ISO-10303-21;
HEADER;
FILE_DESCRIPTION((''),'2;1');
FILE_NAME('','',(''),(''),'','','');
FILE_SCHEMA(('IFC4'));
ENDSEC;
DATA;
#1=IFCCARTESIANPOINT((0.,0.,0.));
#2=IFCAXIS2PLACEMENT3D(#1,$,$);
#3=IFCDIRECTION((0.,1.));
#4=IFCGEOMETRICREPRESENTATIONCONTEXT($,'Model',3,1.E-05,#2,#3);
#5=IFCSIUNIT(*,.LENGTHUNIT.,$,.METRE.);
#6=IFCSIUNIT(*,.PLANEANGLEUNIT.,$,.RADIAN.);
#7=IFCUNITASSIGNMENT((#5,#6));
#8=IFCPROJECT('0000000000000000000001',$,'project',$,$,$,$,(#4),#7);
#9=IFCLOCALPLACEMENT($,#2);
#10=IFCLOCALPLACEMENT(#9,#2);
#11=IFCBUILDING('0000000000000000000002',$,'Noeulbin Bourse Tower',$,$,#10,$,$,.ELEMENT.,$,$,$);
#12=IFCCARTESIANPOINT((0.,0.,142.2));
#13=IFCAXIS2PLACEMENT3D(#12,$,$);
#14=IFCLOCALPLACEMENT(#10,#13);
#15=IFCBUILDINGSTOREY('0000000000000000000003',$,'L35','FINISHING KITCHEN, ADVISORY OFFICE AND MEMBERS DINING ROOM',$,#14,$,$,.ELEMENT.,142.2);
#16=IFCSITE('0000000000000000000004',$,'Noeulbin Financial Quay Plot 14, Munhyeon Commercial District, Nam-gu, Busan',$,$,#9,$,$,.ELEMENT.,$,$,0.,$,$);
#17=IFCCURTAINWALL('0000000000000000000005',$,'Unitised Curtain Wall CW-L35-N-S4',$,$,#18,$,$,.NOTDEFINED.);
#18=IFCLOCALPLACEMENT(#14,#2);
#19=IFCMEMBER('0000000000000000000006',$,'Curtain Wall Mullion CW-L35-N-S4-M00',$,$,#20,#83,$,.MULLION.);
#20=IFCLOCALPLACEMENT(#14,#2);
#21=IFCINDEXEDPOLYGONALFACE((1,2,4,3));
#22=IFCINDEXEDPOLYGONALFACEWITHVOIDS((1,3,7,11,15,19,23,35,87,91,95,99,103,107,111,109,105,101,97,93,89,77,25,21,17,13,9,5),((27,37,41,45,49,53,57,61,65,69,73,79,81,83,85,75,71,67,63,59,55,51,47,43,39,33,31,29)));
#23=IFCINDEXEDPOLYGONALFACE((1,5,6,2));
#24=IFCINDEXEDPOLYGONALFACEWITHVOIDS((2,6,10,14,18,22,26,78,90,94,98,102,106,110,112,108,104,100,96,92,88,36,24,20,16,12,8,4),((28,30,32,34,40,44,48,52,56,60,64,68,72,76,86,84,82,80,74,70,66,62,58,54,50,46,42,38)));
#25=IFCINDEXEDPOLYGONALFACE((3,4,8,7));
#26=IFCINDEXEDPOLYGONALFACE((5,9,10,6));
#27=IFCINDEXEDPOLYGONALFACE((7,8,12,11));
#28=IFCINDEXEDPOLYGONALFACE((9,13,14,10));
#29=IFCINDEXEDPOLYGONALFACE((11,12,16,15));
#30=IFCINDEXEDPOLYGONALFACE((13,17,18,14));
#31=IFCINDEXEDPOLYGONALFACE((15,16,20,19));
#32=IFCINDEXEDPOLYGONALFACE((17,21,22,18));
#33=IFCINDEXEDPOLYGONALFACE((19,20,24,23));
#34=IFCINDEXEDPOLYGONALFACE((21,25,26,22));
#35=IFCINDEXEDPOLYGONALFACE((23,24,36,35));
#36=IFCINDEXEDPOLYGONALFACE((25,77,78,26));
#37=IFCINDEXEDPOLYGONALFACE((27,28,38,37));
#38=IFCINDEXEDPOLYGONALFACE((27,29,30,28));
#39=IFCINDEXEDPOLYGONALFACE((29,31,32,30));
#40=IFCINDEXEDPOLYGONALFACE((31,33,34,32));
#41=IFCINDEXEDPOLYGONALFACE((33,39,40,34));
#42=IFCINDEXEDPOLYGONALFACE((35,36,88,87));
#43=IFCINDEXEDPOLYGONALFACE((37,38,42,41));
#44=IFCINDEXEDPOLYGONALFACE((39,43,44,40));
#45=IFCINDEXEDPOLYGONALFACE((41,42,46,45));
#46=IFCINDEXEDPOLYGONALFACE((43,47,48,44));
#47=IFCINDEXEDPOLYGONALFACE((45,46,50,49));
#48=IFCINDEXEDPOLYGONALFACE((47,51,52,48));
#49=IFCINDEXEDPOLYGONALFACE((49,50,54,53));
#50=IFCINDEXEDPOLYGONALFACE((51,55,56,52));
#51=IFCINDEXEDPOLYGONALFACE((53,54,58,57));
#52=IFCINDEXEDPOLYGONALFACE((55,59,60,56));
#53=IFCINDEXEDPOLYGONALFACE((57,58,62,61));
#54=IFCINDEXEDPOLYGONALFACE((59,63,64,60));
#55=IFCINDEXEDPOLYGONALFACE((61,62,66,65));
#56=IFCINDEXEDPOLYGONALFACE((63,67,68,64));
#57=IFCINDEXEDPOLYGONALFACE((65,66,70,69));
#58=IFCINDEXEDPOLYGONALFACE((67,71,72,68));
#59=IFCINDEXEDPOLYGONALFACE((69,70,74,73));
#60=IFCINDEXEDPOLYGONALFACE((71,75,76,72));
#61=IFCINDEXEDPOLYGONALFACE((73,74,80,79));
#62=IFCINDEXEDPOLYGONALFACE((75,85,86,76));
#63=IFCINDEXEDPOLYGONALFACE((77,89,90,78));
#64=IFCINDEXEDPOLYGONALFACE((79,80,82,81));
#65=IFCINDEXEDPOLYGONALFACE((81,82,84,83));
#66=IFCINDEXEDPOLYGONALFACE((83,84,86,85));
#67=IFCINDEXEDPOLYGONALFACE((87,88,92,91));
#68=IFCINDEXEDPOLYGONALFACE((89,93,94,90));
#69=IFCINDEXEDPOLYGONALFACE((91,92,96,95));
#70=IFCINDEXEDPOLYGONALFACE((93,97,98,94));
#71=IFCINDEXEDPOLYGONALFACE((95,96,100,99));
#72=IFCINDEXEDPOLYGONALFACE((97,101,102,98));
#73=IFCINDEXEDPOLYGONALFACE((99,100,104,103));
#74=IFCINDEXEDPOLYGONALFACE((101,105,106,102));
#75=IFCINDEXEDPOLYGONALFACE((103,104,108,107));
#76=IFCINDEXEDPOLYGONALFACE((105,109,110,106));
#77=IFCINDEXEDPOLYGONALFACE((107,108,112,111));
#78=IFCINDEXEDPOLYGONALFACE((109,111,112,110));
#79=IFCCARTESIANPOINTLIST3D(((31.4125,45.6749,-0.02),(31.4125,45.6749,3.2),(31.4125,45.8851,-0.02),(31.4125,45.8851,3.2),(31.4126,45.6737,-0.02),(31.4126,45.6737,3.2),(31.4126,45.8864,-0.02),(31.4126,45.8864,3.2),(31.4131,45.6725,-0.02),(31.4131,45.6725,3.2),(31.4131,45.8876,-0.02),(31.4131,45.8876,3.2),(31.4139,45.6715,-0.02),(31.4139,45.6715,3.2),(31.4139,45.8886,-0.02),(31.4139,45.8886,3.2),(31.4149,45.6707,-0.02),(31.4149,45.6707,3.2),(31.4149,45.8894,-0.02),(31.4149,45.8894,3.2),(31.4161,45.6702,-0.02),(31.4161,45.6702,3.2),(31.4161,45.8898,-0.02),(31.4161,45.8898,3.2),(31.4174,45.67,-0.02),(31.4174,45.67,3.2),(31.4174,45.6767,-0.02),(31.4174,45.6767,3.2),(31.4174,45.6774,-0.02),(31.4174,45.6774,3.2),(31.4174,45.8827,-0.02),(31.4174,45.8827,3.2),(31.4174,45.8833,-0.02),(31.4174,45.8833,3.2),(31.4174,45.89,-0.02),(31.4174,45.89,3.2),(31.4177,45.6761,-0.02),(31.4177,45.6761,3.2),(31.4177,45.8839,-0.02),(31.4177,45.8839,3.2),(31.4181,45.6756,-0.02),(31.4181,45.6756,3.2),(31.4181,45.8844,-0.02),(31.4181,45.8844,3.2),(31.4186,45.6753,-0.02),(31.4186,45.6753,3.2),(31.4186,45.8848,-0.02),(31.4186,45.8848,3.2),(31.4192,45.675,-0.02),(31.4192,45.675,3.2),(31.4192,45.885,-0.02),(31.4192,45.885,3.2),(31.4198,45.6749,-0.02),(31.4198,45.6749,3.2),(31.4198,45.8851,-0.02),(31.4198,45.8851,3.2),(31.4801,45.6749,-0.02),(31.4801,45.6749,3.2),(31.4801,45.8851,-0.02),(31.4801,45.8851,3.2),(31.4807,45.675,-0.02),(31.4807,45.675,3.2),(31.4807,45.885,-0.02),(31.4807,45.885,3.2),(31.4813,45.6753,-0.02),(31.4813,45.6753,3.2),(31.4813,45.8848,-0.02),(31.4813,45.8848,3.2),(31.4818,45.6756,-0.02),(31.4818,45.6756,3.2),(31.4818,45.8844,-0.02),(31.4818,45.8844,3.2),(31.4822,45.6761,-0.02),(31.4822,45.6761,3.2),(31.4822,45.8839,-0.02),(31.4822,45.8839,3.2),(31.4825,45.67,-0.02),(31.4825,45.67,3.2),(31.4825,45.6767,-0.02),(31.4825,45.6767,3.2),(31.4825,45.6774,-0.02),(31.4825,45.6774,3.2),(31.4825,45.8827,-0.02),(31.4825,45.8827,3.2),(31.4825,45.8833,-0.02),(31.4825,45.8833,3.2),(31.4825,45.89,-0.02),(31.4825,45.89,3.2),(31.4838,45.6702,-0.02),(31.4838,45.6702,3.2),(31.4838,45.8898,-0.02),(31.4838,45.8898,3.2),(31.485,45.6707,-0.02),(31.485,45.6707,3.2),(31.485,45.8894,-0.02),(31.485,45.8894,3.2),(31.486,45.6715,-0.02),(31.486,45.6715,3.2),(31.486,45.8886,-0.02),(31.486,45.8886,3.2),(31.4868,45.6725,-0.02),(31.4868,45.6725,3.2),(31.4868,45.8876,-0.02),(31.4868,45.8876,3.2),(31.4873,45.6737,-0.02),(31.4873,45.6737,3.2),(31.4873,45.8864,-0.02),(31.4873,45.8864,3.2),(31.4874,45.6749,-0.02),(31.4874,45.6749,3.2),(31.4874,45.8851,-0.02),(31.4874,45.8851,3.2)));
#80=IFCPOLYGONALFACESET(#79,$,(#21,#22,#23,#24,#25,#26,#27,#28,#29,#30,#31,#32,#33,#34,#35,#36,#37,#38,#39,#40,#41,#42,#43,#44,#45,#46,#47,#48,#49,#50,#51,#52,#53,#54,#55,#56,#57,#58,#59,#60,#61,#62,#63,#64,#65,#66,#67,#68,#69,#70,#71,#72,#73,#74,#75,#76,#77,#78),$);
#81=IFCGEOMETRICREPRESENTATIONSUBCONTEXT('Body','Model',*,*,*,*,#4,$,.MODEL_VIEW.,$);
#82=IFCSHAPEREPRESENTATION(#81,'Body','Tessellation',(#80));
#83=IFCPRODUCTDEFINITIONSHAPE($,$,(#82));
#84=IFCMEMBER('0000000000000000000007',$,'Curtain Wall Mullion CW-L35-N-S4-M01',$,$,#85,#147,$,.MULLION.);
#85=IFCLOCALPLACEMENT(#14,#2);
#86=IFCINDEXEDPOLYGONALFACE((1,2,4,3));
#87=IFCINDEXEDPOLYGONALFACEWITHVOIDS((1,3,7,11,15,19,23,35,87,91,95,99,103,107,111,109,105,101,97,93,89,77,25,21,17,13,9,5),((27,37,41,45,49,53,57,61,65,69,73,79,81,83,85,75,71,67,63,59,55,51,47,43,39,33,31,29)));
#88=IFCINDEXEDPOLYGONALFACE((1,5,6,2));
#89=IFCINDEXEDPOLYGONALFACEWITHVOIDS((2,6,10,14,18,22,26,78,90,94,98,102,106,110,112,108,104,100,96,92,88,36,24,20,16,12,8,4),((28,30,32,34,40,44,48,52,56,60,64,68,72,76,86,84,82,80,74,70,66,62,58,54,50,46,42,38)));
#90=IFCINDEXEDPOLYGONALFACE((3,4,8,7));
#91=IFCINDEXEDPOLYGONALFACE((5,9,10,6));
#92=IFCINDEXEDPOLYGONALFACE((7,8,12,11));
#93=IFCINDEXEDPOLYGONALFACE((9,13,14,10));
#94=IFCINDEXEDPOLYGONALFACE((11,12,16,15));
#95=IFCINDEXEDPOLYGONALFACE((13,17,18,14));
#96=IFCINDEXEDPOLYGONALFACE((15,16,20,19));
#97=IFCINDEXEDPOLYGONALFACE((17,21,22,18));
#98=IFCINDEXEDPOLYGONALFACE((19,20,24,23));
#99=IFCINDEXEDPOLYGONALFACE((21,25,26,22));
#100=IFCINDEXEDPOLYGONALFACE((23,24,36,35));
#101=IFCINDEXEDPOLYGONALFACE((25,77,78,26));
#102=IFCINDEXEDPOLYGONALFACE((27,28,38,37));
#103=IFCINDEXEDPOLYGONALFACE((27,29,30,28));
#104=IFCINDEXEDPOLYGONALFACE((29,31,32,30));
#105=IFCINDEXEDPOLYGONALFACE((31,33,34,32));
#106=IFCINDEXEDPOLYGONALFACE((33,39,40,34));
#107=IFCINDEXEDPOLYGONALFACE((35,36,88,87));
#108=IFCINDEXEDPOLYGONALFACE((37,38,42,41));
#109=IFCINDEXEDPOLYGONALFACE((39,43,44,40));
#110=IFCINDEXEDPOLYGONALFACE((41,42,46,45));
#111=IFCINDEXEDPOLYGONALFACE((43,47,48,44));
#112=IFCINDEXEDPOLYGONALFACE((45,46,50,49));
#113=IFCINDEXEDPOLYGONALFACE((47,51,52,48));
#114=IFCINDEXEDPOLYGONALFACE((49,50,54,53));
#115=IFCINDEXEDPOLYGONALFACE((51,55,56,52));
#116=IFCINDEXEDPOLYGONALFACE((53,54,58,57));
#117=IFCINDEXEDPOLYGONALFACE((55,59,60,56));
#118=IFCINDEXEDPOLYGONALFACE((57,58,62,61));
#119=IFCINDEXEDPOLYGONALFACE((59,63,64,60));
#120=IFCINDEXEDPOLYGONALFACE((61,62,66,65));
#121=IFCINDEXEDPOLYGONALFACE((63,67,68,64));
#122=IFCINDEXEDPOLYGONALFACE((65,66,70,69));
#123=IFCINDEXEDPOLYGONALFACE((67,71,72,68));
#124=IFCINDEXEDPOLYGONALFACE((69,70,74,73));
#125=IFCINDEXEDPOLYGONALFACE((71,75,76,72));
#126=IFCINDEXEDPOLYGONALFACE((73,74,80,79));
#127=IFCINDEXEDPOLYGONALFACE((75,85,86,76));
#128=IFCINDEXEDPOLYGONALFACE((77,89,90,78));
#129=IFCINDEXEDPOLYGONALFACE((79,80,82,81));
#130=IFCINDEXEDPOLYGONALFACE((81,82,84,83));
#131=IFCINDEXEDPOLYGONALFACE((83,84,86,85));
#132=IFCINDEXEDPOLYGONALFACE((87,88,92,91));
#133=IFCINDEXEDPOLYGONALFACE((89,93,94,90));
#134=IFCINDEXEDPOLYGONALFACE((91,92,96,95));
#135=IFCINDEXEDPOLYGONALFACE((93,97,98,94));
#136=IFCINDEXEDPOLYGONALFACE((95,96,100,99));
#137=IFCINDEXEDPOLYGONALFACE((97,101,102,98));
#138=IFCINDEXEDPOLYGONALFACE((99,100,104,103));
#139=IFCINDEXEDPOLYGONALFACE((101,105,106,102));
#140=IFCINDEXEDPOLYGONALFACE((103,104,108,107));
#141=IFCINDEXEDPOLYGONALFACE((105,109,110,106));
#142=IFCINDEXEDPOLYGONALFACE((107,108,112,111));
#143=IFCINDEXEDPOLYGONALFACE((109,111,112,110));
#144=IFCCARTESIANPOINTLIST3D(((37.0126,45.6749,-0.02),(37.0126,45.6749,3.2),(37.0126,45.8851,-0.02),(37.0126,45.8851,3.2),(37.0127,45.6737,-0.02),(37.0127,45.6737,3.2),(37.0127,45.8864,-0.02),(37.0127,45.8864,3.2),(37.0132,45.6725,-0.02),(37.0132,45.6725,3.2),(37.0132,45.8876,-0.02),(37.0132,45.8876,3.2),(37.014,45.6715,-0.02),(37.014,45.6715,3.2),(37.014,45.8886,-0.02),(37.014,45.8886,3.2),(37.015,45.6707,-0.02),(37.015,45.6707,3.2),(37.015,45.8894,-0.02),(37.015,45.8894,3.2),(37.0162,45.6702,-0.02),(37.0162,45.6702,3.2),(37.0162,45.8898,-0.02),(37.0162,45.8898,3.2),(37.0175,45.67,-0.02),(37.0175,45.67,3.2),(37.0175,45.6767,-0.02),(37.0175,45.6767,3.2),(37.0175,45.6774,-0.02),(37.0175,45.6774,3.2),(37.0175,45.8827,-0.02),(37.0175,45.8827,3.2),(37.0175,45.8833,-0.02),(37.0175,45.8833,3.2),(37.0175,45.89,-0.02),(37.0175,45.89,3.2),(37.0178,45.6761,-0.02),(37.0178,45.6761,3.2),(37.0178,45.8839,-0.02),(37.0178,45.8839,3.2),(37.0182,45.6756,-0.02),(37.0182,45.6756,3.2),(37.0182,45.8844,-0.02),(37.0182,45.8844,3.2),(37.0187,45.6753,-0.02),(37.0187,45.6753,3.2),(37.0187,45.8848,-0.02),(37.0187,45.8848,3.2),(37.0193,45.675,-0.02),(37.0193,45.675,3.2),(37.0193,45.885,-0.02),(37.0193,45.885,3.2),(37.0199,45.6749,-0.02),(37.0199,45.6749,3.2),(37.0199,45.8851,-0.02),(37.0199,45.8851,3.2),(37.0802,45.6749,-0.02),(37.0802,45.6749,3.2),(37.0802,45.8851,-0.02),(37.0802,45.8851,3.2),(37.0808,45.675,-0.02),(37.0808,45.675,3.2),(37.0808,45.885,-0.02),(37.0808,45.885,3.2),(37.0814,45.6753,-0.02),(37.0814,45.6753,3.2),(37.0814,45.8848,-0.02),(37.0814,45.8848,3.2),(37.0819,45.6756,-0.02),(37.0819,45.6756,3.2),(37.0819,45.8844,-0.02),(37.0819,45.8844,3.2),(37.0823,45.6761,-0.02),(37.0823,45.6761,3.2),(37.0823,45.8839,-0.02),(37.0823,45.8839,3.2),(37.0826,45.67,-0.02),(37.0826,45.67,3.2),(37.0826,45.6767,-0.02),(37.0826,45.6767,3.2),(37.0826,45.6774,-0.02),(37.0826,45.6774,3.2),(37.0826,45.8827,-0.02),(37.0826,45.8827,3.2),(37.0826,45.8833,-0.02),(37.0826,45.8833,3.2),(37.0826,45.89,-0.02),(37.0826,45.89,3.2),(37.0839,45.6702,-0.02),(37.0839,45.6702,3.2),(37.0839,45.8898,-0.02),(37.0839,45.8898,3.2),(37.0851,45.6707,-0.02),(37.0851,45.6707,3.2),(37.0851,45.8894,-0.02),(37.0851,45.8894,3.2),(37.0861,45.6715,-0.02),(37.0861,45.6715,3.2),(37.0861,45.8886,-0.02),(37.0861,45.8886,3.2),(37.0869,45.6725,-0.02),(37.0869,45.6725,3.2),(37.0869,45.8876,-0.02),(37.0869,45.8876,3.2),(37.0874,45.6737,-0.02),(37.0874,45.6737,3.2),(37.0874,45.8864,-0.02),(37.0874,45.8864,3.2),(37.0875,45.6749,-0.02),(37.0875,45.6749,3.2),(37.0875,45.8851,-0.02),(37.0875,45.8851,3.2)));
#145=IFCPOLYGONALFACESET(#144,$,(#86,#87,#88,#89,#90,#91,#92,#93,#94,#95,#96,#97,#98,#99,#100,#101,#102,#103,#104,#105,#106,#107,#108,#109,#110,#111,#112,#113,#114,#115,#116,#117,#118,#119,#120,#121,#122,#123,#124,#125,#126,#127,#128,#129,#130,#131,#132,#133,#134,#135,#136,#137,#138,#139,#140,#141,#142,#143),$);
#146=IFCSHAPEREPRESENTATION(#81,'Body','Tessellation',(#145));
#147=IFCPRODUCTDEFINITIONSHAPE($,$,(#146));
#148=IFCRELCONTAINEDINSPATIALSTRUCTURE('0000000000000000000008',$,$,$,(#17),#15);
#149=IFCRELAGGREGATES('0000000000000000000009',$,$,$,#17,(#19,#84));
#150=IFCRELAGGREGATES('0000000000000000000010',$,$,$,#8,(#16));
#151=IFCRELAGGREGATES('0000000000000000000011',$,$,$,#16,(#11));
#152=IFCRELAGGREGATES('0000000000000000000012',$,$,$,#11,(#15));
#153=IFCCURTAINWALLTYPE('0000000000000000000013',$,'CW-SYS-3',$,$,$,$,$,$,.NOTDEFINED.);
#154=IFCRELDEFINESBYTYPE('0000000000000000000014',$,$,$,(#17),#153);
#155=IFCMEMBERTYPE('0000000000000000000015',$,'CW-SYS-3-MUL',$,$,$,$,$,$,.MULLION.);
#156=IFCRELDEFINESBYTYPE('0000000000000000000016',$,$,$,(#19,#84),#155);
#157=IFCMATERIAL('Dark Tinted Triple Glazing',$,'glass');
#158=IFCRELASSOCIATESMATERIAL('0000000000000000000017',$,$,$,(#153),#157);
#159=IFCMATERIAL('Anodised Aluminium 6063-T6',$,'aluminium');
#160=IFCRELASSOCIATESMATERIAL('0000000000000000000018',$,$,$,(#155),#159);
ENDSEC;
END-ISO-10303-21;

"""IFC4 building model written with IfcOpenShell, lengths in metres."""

from ifc_helpers import new_model, si_unit, direction, frame, origin, origin_2d, place, context, subcontext, project, spatial, hollow_rectangle, extrude, material, material_profile, profile_set, type_object, element, aggregate, save


model = new_model("IFC4")

# Units and contexts
model_context = context("Model", 3, precision=1e-05, world=origin(), true_north=direction((0.0, 1.0)))
body_context = subcontext(model_context, "Body", "Model", "MODEL_VIEW")
ifc_project = project(units=[si_unit("LENGTHUNIT", "METRE"), si_unit("PLANEANGLEUNIT", "RADIAN")], contexts=[model_context])

# Site, building, storey
site_placement = place(None, origin())
site = spatial("IfcSite", under=ifc_project, at=site_placement, Name="Noeulbin Financial Quay Plot 14, Munhyeon Commercial District, Nam-gu, Busan", CompositionType="ELEMENT", RefElevation=0.0)
building_placement = place(site_placement, origin())
building = spatial("IfcBuilding", under=site, at=building_placement, Name="Noeulbin Bourse Tower", CompositionType="ELEMENT")
storey_placement = place(building_placement, frame((0.0, 0.0, 142.2)))
storey = spatial("IfcBuildingStorey", under=building, at=storey_placement, Name="L35", Description="FINISHING KITCHEN, ADVISORY OFFICE AND MEMBERS DINING ROOM", CompositionType="ELEMENT", Elevation=142.2)

# Shared definitions
ifc_material_1 = material(Name="Dark Tinted Triple Glazing", Category="glass")
curtain_wall_type = type_object("IfcCurtainWallType", Name="CW-SYS-3", PredefinedType="NOTDEFINED", material=ifc_material_1)
ifc_material_2 = material(Name="Anodised Aluminium 6063-T6", Category="aluminium")
ifc_material_profile_1 = material_profile(ifc_material_2, hollow_rectangle(XDim=0.075, YDim=0.22, WallThickness=0.0049, InnerFilletRadius=0.0024, OuterFilletRadius=0.0049, at=origin_2d()), Name="ALU-MULL-75x220x5", Category="LoadBearing")
ifc_profile_set_1 = profile_set([ifc_material_profile_1], Name="Anodised Aluminium 6063-T6")
member_type_1 = type_object("IfcMemberType", Name="CW-SYS-3-MUL", PredefinedType="MULLION", material=ifc_profile_set_1)

# Curtain wall, members
curtain_wall_1_placement = place(storey_placement, origin())
curtain_wall_1 = element("IfcCurtainWall", 1, at=curtain_wall_1_placement, inside=storey, type_object=curtain_wall_type, Name="Unitised Curtain Wall CW-L35-N-S4", PredefinedType="NOTDEFINED")
member_1_placement = place(storey_placement, frame((31.45, 45.78, -0.02), z_axis=(0.0, 0.0, 1.0), x_axis=(1.0, 0.0, 0.0)))
member_1 = element("IfcMember", 2, at=member_1_placement, type_object=member_type_1, Name="Curtain Wall Mullion CW-L35-N-S4-M00", PredefinedType="MULLION", context=body_context, shape_type="SweptSolid", body=[
    extrude(hollow_rectangle(XDim=0.075, YDim=0.22, WallThickness=0.0049, InnerFilletRadius=0.0024, OuterFilletRadius=0.0049, at=origin_2d()), origin(), (0.0, 0.0, 1.0), 3.22),
])
member_2_placement = place(storey_placement, frame((37.05, 45.78, -0.02), z_axis=(0.0, 0.0, 1.0), x_axis=(1.0, 0.0, 0.0)))
member_2 = element("IfcMember", 3, at=member_2_placement, type_object=member_type_1, Name="Curtain Wall Mullion CW-L35-N-S4-M01", PredefinedType="MULLION", context=body_context, shape_type="SweptSolid", body=[
    extrude(hollow_rectangle(XDim=0.075, YDim=0.22, WallThickness=0.0049, InnerFilletRadius=0.0024, OuterFilletRadius=0.0049, at=origin_2d()), origin(), (0.0, 0.0, 1.0), 3.22),
])

aggregate(curtain_wall_1, [member_1, member_2])

save(model, "model.ifc")
